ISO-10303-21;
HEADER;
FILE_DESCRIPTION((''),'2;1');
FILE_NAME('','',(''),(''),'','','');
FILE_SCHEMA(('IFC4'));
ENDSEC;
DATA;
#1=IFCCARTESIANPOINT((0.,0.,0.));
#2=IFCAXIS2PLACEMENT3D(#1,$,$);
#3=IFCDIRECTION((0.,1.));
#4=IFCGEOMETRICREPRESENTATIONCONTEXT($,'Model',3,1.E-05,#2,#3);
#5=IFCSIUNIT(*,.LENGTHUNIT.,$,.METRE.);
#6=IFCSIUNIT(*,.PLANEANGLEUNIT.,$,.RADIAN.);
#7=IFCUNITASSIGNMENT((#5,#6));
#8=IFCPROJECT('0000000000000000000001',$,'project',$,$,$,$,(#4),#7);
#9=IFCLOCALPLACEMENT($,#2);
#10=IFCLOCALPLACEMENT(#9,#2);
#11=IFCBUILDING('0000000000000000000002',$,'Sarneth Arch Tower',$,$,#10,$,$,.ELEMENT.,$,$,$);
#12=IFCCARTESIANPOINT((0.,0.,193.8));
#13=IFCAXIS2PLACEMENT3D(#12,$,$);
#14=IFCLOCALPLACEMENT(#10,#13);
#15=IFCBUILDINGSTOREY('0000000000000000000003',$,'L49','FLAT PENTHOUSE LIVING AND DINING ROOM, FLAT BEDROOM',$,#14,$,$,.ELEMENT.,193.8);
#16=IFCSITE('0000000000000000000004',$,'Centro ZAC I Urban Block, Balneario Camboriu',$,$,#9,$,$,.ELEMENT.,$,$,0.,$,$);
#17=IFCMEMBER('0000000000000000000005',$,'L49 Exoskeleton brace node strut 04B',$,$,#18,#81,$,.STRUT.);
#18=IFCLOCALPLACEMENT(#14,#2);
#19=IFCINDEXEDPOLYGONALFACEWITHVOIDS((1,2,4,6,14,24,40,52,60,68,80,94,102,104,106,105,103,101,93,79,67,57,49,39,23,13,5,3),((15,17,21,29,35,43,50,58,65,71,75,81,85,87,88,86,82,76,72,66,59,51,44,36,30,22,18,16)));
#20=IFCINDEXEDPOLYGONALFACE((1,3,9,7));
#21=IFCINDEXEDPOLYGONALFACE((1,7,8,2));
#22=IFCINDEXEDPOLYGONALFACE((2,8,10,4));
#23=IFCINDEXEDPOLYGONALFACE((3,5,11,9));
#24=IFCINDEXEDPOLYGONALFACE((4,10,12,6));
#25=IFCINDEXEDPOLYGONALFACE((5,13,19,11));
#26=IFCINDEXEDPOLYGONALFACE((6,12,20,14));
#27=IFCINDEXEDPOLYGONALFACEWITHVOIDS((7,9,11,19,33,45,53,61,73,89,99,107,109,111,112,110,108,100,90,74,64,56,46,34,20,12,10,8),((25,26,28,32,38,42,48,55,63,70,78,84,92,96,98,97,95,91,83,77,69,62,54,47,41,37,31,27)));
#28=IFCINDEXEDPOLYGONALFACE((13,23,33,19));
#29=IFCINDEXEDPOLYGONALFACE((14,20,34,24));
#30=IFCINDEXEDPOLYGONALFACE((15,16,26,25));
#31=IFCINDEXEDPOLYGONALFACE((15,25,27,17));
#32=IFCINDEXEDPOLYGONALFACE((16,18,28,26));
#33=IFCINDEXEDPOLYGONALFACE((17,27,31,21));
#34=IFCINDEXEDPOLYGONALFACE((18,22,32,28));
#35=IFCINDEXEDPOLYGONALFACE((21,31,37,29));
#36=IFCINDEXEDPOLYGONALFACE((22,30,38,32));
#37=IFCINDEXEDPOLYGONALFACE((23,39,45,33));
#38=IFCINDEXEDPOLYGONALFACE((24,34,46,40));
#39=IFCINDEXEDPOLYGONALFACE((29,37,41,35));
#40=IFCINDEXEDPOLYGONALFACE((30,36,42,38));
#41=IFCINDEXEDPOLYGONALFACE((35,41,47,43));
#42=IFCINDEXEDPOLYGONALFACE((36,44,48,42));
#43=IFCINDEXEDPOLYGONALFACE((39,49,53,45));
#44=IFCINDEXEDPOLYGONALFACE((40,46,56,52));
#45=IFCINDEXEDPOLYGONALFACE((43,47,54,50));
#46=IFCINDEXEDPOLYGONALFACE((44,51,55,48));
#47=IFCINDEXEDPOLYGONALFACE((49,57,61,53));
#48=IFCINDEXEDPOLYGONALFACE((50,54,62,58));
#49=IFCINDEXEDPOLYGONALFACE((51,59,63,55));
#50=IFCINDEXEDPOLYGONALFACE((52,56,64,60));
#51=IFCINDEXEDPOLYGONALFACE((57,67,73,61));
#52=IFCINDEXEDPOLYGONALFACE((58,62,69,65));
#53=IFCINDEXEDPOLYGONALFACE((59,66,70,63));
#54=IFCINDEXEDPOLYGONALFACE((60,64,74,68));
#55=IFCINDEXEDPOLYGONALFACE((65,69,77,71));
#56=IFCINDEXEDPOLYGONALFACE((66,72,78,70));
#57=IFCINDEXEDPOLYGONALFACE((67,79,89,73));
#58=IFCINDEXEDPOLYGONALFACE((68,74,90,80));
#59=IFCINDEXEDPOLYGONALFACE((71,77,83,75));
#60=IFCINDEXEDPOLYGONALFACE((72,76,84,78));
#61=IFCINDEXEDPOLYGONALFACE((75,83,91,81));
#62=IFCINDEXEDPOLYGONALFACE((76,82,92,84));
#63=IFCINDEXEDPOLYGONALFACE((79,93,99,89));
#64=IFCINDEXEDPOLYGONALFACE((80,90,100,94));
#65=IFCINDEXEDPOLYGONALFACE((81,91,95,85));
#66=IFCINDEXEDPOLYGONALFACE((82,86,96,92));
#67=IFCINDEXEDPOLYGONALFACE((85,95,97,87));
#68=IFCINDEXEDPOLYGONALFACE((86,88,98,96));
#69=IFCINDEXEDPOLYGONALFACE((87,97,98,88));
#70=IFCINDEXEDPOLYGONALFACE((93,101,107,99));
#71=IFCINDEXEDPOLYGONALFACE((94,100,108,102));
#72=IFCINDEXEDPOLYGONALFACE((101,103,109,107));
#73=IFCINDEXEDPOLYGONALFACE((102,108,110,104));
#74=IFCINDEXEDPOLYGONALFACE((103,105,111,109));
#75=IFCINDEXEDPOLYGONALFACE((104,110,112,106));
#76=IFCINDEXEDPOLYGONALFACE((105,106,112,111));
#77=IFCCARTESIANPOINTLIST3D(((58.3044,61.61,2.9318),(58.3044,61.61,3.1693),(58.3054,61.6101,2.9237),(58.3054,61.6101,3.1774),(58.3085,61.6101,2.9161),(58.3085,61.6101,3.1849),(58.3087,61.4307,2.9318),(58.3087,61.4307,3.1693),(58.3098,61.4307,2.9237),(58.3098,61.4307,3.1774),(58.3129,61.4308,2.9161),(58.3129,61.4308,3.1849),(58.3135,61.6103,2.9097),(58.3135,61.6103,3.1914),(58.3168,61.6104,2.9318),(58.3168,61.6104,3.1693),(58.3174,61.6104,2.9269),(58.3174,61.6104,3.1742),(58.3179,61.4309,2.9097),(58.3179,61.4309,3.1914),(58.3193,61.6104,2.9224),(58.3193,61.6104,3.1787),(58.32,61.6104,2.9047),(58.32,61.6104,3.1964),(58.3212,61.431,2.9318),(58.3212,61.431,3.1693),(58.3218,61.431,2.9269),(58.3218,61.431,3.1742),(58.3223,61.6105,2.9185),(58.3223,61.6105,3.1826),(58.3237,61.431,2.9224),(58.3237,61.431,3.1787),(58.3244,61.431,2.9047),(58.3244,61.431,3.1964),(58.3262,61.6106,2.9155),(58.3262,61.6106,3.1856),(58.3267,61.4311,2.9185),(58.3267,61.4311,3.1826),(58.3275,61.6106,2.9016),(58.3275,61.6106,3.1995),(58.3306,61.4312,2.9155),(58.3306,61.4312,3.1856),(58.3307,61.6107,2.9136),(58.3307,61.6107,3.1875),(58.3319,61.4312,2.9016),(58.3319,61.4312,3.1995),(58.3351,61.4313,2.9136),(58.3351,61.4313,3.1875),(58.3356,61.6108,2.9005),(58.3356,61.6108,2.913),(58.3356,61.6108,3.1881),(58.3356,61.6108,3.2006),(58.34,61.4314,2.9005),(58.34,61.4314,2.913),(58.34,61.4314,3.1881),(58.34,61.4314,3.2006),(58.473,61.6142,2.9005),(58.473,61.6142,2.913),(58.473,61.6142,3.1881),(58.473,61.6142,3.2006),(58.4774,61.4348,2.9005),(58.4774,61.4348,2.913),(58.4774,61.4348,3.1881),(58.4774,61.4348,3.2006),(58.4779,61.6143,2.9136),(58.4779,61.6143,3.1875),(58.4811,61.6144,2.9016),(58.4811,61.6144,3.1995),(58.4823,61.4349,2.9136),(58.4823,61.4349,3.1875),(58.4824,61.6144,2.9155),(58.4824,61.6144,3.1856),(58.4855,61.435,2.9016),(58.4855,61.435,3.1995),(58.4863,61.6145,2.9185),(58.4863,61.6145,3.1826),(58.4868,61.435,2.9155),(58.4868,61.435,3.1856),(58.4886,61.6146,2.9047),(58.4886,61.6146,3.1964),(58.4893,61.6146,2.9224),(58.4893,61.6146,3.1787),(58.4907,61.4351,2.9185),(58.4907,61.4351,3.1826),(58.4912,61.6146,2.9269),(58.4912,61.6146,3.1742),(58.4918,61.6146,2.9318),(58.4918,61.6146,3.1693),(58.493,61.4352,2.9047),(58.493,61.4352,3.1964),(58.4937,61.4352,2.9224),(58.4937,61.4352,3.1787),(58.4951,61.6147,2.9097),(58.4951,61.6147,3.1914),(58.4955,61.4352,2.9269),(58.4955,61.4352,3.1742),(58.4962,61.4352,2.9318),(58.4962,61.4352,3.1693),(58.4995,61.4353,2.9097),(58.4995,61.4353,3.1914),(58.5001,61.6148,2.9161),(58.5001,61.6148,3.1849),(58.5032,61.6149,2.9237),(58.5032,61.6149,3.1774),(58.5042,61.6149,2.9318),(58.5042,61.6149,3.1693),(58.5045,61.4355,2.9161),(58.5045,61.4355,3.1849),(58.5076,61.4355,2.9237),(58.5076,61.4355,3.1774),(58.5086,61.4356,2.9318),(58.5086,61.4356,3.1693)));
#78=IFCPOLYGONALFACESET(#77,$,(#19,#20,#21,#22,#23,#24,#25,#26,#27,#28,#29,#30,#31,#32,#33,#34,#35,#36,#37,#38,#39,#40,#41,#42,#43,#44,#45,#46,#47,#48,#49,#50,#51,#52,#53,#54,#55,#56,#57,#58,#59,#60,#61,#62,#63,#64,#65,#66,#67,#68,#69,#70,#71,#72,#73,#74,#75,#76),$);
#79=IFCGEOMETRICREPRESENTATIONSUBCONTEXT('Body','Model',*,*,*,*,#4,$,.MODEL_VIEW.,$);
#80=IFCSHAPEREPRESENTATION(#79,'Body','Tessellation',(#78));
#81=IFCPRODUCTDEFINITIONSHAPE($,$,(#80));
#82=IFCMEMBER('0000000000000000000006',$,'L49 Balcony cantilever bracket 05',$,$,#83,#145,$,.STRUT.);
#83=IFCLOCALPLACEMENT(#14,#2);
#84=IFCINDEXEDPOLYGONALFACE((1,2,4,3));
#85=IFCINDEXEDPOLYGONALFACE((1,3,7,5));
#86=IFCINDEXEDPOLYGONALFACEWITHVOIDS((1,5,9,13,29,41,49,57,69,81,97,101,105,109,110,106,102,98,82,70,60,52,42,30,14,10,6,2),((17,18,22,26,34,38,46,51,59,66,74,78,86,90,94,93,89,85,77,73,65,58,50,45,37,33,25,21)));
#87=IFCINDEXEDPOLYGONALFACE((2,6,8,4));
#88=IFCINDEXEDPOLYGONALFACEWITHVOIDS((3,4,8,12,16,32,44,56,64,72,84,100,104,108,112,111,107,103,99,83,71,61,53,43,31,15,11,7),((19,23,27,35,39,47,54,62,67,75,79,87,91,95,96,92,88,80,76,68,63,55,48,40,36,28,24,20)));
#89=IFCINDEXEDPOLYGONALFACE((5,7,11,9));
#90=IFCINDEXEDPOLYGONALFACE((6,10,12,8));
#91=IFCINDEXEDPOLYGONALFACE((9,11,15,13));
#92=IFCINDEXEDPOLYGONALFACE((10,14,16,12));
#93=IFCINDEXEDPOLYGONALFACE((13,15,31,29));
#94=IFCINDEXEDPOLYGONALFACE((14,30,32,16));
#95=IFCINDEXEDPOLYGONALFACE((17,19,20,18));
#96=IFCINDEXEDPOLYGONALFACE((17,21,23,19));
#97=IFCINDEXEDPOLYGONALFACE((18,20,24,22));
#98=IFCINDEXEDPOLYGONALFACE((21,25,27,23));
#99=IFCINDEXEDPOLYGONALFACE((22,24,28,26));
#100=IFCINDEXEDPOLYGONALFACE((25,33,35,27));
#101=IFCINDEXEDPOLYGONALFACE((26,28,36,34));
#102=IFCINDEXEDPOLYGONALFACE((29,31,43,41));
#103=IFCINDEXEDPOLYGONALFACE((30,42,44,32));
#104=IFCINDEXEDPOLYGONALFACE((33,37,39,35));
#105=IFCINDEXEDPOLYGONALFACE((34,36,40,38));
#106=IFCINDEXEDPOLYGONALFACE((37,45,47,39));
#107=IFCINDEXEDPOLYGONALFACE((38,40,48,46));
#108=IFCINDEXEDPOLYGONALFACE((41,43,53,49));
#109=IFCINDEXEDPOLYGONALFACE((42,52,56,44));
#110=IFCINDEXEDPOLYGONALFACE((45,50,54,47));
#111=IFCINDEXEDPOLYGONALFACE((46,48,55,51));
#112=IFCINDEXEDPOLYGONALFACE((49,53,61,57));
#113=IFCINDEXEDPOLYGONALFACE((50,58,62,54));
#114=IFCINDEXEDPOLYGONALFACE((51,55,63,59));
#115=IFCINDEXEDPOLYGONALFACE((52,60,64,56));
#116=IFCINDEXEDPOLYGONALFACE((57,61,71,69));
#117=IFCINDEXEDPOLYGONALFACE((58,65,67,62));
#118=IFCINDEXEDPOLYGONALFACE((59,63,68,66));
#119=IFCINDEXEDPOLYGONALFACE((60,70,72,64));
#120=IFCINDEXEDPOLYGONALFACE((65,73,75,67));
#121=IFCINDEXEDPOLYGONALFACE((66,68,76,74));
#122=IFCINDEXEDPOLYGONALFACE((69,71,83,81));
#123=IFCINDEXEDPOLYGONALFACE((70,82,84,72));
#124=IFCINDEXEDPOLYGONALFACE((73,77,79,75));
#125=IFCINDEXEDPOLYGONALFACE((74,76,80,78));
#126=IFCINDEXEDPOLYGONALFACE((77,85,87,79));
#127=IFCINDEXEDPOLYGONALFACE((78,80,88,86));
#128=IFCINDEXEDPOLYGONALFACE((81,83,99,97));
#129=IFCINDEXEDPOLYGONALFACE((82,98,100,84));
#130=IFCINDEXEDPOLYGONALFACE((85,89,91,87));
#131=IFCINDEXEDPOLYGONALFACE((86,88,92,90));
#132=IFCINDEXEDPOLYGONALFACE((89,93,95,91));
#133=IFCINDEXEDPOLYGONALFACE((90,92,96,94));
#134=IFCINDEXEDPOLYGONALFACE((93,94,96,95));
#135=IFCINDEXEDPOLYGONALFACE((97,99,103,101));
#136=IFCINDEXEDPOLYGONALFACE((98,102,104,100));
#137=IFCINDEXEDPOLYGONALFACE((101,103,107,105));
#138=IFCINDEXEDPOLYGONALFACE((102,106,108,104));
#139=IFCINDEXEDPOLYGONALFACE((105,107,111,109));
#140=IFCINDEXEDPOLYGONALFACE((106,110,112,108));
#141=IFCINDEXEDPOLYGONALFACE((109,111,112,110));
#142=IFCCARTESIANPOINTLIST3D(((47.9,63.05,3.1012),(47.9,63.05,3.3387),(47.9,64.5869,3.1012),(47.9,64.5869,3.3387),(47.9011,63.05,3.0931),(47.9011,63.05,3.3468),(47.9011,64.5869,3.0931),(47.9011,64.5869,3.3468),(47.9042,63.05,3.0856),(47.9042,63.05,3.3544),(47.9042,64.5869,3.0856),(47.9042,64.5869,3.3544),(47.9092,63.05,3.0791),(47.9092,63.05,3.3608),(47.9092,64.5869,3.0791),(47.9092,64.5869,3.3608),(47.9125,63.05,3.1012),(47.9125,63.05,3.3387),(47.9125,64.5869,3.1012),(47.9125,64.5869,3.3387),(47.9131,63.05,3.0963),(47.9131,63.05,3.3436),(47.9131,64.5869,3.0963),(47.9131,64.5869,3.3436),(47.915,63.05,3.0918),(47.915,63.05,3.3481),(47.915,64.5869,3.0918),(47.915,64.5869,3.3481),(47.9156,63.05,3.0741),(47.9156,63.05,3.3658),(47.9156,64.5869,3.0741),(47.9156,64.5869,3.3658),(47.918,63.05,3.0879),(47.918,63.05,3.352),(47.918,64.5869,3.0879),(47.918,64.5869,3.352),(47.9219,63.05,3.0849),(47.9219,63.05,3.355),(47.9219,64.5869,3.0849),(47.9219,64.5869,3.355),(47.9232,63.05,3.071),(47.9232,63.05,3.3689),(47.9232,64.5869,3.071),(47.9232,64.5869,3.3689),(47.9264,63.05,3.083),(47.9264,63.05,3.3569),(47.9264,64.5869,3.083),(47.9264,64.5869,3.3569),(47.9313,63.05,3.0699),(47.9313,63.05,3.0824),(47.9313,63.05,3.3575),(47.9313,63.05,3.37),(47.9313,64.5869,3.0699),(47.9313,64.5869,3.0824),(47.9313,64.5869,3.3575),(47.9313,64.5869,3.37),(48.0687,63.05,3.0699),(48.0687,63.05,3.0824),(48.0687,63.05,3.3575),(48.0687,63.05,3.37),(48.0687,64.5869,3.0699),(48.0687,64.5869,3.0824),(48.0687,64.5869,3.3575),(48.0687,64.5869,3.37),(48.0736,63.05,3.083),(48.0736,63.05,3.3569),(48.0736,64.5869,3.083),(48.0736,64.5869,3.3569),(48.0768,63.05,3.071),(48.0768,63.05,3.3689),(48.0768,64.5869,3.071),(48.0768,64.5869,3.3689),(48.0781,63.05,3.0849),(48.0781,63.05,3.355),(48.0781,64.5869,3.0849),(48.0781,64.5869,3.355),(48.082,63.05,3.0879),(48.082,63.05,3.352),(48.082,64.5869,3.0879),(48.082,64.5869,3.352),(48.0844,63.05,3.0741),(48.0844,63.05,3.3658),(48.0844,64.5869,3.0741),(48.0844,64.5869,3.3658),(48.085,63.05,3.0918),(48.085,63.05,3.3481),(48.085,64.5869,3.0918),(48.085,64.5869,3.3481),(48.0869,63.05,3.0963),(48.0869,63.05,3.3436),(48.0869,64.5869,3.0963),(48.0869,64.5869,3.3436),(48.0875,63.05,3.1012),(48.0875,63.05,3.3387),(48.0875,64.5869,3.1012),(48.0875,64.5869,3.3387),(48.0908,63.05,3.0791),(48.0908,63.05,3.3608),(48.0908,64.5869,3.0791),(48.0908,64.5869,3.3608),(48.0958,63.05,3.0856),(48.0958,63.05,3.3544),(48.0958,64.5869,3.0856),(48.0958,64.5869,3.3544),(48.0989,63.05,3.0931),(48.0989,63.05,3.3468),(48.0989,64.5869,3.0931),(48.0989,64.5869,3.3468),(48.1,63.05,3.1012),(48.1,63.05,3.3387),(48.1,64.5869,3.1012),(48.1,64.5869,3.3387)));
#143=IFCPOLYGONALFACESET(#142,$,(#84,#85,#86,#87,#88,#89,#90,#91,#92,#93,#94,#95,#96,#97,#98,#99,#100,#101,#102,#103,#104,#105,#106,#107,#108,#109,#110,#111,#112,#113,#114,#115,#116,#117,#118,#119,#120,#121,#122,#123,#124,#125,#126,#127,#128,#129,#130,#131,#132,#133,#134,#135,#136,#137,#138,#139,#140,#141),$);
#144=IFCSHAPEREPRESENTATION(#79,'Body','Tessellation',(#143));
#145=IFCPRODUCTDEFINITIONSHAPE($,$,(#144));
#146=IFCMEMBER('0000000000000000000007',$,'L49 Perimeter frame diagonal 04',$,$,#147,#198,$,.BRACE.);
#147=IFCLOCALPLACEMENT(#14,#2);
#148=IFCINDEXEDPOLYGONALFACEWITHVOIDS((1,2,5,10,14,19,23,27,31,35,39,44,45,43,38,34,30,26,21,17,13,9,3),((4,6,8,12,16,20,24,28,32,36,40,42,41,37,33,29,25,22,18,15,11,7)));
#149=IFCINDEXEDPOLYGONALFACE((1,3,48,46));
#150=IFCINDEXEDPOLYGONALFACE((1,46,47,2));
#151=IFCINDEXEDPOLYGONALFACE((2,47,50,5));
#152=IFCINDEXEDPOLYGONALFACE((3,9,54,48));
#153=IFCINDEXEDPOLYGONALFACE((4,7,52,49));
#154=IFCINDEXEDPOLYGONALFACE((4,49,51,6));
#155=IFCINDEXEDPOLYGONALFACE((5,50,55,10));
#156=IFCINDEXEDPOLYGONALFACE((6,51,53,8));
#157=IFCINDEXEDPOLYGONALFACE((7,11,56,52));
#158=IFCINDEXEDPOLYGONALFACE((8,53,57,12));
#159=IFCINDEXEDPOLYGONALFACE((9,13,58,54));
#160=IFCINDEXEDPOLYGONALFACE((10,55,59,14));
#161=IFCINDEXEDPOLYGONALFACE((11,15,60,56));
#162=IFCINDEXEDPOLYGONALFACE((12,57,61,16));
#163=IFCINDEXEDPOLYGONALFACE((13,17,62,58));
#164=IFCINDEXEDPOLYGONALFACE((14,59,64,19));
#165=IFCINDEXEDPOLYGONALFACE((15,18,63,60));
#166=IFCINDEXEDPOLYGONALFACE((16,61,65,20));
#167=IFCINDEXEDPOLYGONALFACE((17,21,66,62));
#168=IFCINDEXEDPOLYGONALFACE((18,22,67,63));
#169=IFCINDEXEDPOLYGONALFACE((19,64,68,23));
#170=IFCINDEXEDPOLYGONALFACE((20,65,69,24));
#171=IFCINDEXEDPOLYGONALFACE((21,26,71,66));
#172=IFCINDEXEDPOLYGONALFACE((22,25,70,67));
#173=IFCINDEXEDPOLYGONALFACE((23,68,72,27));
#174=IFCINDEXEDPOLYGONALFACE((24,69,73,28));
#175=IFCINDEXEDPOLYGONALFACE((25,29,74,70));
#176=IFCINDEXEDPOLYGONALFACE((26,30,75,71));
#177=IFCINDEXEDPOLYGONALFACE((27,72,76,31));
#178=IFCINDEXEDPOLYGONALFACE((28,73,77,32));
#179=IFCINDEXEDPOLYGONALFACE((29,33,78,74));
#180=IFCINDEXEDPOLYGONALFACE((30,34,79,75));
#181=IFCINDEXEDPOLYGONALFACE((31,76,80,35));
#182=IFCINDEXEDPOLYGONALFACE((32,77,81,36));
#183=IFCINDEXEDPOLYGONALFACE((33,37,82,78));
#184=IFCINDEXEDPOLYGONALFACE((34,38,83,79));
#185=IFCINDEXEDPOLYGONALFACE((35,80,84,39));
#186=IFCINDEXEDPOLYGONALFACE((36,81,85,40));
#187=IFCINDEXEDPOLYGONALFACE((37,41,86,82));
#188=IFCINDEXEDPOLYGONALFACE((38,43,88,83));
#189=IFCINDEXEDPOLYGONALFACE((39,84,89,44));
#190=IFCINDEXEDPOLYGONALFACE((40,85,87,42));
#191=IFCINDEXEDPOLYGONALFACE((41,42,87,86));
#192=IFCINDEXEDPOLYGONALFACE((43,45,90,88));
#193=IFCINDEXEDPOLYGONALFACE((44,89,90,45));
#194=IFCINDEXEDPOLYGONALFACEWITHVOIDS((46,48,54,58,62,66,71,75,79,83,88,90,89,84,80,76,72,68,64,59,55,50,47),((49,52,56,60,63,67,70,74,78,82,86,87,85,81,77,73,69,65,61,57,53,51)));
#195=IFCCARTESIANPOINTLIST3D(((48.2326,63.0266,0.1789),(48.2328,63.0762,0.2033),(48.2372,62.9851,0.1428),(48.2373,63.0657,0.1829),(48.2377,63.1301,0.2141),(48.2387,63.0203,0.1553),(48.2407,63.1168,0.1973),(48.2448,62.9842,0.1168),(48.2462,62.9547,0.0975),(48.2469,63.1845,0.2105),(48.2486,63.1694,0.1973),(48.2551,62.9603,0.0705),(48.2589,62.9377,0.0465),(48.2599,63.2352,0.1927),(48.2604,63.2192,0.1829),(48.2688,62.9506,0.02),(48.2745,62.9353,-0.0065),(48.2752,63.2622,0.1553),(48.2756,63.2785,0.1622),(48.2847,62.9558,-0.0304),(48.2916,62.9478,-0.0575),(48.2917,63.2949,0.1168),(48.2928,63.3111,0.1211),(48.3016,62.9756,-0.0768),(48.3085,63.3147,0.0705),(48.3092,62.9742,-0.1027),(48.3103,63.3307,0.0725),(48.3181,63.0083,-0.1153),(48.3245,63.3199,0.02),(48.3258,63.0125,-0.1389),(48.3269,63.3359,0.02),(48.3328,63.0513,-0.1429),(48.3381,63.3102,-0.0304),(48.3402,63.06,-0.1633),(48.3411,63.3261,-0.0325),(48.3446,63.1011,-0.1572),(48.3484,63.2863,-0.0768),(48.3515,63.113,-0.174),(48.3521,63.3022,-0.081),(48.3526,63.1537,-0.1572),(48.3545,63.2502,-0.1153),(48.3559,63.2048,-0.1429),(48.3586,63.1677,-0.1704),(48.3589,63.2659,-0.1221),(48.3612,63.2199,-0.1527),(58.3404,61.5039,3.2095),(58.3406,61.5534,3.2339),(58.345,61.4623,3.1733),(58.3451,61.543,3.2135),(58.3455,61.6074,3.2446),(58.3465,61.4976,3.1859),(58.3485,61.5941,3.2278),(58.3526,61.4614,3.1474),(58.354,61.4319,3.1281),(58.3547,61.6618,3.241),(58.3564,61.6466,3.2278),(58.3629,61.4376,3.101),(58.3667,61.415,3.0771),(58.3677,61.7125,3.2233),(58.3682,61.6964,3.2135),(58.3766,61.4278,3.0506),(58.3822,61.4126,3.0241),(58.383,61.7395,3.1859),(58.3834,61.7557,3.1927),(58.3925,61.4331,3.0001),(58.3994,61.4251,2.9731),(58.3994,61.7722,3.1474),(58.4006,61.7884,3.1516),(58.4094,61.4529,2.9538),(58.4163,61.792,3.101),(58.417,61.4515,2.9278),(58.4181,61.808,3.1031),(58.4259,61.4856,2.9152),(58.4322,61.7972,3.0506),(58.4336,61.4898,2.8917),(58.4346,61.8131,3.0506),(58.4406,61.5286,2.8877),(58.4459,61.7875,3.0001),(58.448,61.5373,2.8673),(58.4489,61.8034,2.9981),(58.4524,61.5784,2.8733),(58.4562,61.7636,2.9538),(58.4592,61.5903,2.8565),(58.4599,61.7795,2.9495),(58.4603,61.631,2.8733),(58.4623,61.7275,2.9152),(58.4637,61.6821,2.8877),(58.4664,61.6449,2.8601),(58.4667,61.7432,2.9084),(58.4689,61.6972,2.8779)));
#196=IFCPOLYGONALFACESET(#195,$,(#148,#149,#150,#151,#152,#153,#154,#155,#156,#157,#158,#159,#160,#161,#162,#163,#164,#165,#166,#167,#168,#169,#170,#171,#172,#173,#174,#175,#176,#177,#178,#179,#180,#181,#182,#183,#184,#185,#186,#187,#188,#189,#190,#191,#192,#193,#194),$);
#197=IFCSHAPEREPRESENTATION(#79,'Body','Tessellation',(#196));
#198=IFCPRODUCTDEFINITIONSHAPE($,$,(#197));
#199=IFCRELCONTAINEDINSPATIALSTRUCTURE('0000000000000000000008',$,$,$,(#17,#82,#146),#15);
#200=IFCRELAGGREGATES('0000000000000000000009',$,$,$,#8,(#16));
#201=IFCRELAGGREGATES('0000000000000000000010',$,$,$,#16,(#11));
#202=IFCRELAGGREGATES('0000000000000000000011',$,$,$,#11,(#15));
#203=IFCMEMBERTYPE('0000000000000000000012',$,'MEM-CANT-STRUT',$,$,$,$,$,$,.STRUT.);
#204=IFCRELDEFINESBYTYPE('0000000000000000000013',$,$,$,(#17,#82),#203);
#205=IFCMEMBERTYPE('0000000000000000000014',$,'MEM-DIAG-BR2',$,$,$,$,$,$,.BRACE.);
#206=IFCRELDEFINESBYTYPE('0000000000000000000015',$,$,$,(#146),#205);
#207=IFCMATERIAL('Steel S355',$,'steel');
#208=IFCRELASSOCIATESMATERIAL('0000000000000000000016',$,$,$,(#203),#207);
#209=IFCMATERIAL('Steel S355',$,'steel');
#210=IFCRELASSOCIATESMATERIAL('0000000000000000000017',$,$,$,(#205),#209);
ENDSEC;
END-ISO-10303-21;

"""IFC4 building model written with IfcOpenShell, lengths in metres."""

from ifc_helpers import new_model, si_unit, direction, frame, origin, origin_2d, place, context, subcontext, project, spatial, hollow_rectangle, hollow_circle, extrude, material, material_profile, profile_set, type_object, element, save


model = new_model("IFC4")

# Units and contexts
model_context = context("Model", 3, precision=1e-05, world=origin(), true_north=direction((0.0, 1.0)))
body_context = subcontext(model_context, "Body", "Model", "MODEL_VIEW")
ifc_project = project(units=[si_unit("LENGTHUNIT", "METRE"), si_unit("PLANEANGLEUNIT", "RADIAN")], contexts=[model_context])

# Site, building, storey
site_placement = place(None, origin())
site = spatial("IfcSite", under=ifc_project, at=site_placement, Name="Centro ZAC I Urban Block, Balneario Camboriu", CompositionType="ELEMENT", RefElevation=0.0)
building_placement = place(site_placement, origin())
building = spatial("IfcBuilding", under=site, at=building_placement, Name="Sarneth Arch Tower", CompositionType="ELEMENT")
storey_placement = place(building_placement, frame((0.0, 0.0, 193.8)))
storey = spatial("IfcBuildingStorey", under=building, at=storey_placement, Name="L49", Description="FLAT PENTHOUSE LIVING AND DINING ROOM, FLAT BEDROOM", CompositionType="ELEMENT", Elevation=193.8)

# Members
ifc_material_1 = material(Name="Steel S355", Category="steel")
ifc_material_profile_1 = material_profile(ifc_material_1, hollow_rectangle(XDim=0.2, YDim=0.3, WallThickness=0.0125, InnerFilletRadius=0.0188, OuterFilletRadius=0.0312, at=origin_2d()), Name="RHS300x200x12.5")
ifc_profile_set_1 = profile_set([ifc_material_profile_1], Name="Steel S355")
member_type_1 = type_object("IfcMemberType", Name="MEM-CANT-STRUT", PredefinedType="STRUT", material=ifc_profile_set_1)
member_1_placement = place(storey_placement, frame((58.4087, 61.4331, 3.0505), z_axis=(-0.024482, 0.9997, 0.0), x_axis=(-0.9997, -0.024482, 0.0)))
element("IfcMember", 1, at=member_1_placement, inside=storey, type_object=member_type_1, Name="L49 Exoskeleton brace node strut 04B", PredefinedType="STRUT", context=body_context, shape_type="SweptSolid", body=[
    extrude(hollow_rectangle(XDim=0.2, YDim=0.3, WallThickness=0.0125, InnerFilletRadius=0.0188, OuterFilletRadius=0.0312, at=origin_2d()), origin(), (0.0, 0.0, 1.0), 0.1794),
])
member_2_placement = place(storey_placement, frame((48.0, 63.05, 3.22), z_axis=(0.0, 1.0, 0.0), x_axis=(-1.0, 0.0, 0.0)))
element("IfcMember", 2, at=member_2_placement, inside=storey, type_object=member_type_1, Name="L49 Balcony cantilever bracket 05", PredefinedType="STRUT", context=body_context, shape_type="SweptSolid", body=[
    extrude(hollow_rectangle(XDim=0.2, YDim=0.3, WallThickness=0.0125, InnerFilletRadius=0.0188, OuterFilletRadius=0.0312, at=origin_2d()), origin(), (0.0, 0.0, 1.0), 1.5369),
])
ifc_material_2 = material(Name="Steel S355", Category="steel")
ifc_material_profile_2 = material_profile(ifc_material_2, hollow_circle(Radius=0.2029, WallThickness=0.0161, at=origin_2d()), Name="CHS406x16")
ifc_profile_set_2 = profile_set([ifc_material_profile_2], Name="Steel S355")
member_type_2 = type_object("IfcMemberType", Name="MEM-DIAG-BR2", PredefinedType="BRACE", material=ifc_profile_set_2)
member_3_placement = place(storey_placement, frame((48.2966, 63.1353, 0.02), z_axis=(0.948053, -0.142823, 0.284249), x_axis=(0.148968, 0.988842, 0.0)))
element("IfcMember", 3, at=member_3_placement, inside=storey, type_object=member_type_2, Name="L49 Perimeter frame diagonal 04", PredefinedType="BRACE", context=body_context, shape_type="SweptSolid", body=[
    extrude(hollow_circle(Radius=0.2029, WallThickness=0.0161, at=origin_2d()), origin(), (0.0, 0.0, 1.0), 10.6616),
])

save(model, "model.ifc")
